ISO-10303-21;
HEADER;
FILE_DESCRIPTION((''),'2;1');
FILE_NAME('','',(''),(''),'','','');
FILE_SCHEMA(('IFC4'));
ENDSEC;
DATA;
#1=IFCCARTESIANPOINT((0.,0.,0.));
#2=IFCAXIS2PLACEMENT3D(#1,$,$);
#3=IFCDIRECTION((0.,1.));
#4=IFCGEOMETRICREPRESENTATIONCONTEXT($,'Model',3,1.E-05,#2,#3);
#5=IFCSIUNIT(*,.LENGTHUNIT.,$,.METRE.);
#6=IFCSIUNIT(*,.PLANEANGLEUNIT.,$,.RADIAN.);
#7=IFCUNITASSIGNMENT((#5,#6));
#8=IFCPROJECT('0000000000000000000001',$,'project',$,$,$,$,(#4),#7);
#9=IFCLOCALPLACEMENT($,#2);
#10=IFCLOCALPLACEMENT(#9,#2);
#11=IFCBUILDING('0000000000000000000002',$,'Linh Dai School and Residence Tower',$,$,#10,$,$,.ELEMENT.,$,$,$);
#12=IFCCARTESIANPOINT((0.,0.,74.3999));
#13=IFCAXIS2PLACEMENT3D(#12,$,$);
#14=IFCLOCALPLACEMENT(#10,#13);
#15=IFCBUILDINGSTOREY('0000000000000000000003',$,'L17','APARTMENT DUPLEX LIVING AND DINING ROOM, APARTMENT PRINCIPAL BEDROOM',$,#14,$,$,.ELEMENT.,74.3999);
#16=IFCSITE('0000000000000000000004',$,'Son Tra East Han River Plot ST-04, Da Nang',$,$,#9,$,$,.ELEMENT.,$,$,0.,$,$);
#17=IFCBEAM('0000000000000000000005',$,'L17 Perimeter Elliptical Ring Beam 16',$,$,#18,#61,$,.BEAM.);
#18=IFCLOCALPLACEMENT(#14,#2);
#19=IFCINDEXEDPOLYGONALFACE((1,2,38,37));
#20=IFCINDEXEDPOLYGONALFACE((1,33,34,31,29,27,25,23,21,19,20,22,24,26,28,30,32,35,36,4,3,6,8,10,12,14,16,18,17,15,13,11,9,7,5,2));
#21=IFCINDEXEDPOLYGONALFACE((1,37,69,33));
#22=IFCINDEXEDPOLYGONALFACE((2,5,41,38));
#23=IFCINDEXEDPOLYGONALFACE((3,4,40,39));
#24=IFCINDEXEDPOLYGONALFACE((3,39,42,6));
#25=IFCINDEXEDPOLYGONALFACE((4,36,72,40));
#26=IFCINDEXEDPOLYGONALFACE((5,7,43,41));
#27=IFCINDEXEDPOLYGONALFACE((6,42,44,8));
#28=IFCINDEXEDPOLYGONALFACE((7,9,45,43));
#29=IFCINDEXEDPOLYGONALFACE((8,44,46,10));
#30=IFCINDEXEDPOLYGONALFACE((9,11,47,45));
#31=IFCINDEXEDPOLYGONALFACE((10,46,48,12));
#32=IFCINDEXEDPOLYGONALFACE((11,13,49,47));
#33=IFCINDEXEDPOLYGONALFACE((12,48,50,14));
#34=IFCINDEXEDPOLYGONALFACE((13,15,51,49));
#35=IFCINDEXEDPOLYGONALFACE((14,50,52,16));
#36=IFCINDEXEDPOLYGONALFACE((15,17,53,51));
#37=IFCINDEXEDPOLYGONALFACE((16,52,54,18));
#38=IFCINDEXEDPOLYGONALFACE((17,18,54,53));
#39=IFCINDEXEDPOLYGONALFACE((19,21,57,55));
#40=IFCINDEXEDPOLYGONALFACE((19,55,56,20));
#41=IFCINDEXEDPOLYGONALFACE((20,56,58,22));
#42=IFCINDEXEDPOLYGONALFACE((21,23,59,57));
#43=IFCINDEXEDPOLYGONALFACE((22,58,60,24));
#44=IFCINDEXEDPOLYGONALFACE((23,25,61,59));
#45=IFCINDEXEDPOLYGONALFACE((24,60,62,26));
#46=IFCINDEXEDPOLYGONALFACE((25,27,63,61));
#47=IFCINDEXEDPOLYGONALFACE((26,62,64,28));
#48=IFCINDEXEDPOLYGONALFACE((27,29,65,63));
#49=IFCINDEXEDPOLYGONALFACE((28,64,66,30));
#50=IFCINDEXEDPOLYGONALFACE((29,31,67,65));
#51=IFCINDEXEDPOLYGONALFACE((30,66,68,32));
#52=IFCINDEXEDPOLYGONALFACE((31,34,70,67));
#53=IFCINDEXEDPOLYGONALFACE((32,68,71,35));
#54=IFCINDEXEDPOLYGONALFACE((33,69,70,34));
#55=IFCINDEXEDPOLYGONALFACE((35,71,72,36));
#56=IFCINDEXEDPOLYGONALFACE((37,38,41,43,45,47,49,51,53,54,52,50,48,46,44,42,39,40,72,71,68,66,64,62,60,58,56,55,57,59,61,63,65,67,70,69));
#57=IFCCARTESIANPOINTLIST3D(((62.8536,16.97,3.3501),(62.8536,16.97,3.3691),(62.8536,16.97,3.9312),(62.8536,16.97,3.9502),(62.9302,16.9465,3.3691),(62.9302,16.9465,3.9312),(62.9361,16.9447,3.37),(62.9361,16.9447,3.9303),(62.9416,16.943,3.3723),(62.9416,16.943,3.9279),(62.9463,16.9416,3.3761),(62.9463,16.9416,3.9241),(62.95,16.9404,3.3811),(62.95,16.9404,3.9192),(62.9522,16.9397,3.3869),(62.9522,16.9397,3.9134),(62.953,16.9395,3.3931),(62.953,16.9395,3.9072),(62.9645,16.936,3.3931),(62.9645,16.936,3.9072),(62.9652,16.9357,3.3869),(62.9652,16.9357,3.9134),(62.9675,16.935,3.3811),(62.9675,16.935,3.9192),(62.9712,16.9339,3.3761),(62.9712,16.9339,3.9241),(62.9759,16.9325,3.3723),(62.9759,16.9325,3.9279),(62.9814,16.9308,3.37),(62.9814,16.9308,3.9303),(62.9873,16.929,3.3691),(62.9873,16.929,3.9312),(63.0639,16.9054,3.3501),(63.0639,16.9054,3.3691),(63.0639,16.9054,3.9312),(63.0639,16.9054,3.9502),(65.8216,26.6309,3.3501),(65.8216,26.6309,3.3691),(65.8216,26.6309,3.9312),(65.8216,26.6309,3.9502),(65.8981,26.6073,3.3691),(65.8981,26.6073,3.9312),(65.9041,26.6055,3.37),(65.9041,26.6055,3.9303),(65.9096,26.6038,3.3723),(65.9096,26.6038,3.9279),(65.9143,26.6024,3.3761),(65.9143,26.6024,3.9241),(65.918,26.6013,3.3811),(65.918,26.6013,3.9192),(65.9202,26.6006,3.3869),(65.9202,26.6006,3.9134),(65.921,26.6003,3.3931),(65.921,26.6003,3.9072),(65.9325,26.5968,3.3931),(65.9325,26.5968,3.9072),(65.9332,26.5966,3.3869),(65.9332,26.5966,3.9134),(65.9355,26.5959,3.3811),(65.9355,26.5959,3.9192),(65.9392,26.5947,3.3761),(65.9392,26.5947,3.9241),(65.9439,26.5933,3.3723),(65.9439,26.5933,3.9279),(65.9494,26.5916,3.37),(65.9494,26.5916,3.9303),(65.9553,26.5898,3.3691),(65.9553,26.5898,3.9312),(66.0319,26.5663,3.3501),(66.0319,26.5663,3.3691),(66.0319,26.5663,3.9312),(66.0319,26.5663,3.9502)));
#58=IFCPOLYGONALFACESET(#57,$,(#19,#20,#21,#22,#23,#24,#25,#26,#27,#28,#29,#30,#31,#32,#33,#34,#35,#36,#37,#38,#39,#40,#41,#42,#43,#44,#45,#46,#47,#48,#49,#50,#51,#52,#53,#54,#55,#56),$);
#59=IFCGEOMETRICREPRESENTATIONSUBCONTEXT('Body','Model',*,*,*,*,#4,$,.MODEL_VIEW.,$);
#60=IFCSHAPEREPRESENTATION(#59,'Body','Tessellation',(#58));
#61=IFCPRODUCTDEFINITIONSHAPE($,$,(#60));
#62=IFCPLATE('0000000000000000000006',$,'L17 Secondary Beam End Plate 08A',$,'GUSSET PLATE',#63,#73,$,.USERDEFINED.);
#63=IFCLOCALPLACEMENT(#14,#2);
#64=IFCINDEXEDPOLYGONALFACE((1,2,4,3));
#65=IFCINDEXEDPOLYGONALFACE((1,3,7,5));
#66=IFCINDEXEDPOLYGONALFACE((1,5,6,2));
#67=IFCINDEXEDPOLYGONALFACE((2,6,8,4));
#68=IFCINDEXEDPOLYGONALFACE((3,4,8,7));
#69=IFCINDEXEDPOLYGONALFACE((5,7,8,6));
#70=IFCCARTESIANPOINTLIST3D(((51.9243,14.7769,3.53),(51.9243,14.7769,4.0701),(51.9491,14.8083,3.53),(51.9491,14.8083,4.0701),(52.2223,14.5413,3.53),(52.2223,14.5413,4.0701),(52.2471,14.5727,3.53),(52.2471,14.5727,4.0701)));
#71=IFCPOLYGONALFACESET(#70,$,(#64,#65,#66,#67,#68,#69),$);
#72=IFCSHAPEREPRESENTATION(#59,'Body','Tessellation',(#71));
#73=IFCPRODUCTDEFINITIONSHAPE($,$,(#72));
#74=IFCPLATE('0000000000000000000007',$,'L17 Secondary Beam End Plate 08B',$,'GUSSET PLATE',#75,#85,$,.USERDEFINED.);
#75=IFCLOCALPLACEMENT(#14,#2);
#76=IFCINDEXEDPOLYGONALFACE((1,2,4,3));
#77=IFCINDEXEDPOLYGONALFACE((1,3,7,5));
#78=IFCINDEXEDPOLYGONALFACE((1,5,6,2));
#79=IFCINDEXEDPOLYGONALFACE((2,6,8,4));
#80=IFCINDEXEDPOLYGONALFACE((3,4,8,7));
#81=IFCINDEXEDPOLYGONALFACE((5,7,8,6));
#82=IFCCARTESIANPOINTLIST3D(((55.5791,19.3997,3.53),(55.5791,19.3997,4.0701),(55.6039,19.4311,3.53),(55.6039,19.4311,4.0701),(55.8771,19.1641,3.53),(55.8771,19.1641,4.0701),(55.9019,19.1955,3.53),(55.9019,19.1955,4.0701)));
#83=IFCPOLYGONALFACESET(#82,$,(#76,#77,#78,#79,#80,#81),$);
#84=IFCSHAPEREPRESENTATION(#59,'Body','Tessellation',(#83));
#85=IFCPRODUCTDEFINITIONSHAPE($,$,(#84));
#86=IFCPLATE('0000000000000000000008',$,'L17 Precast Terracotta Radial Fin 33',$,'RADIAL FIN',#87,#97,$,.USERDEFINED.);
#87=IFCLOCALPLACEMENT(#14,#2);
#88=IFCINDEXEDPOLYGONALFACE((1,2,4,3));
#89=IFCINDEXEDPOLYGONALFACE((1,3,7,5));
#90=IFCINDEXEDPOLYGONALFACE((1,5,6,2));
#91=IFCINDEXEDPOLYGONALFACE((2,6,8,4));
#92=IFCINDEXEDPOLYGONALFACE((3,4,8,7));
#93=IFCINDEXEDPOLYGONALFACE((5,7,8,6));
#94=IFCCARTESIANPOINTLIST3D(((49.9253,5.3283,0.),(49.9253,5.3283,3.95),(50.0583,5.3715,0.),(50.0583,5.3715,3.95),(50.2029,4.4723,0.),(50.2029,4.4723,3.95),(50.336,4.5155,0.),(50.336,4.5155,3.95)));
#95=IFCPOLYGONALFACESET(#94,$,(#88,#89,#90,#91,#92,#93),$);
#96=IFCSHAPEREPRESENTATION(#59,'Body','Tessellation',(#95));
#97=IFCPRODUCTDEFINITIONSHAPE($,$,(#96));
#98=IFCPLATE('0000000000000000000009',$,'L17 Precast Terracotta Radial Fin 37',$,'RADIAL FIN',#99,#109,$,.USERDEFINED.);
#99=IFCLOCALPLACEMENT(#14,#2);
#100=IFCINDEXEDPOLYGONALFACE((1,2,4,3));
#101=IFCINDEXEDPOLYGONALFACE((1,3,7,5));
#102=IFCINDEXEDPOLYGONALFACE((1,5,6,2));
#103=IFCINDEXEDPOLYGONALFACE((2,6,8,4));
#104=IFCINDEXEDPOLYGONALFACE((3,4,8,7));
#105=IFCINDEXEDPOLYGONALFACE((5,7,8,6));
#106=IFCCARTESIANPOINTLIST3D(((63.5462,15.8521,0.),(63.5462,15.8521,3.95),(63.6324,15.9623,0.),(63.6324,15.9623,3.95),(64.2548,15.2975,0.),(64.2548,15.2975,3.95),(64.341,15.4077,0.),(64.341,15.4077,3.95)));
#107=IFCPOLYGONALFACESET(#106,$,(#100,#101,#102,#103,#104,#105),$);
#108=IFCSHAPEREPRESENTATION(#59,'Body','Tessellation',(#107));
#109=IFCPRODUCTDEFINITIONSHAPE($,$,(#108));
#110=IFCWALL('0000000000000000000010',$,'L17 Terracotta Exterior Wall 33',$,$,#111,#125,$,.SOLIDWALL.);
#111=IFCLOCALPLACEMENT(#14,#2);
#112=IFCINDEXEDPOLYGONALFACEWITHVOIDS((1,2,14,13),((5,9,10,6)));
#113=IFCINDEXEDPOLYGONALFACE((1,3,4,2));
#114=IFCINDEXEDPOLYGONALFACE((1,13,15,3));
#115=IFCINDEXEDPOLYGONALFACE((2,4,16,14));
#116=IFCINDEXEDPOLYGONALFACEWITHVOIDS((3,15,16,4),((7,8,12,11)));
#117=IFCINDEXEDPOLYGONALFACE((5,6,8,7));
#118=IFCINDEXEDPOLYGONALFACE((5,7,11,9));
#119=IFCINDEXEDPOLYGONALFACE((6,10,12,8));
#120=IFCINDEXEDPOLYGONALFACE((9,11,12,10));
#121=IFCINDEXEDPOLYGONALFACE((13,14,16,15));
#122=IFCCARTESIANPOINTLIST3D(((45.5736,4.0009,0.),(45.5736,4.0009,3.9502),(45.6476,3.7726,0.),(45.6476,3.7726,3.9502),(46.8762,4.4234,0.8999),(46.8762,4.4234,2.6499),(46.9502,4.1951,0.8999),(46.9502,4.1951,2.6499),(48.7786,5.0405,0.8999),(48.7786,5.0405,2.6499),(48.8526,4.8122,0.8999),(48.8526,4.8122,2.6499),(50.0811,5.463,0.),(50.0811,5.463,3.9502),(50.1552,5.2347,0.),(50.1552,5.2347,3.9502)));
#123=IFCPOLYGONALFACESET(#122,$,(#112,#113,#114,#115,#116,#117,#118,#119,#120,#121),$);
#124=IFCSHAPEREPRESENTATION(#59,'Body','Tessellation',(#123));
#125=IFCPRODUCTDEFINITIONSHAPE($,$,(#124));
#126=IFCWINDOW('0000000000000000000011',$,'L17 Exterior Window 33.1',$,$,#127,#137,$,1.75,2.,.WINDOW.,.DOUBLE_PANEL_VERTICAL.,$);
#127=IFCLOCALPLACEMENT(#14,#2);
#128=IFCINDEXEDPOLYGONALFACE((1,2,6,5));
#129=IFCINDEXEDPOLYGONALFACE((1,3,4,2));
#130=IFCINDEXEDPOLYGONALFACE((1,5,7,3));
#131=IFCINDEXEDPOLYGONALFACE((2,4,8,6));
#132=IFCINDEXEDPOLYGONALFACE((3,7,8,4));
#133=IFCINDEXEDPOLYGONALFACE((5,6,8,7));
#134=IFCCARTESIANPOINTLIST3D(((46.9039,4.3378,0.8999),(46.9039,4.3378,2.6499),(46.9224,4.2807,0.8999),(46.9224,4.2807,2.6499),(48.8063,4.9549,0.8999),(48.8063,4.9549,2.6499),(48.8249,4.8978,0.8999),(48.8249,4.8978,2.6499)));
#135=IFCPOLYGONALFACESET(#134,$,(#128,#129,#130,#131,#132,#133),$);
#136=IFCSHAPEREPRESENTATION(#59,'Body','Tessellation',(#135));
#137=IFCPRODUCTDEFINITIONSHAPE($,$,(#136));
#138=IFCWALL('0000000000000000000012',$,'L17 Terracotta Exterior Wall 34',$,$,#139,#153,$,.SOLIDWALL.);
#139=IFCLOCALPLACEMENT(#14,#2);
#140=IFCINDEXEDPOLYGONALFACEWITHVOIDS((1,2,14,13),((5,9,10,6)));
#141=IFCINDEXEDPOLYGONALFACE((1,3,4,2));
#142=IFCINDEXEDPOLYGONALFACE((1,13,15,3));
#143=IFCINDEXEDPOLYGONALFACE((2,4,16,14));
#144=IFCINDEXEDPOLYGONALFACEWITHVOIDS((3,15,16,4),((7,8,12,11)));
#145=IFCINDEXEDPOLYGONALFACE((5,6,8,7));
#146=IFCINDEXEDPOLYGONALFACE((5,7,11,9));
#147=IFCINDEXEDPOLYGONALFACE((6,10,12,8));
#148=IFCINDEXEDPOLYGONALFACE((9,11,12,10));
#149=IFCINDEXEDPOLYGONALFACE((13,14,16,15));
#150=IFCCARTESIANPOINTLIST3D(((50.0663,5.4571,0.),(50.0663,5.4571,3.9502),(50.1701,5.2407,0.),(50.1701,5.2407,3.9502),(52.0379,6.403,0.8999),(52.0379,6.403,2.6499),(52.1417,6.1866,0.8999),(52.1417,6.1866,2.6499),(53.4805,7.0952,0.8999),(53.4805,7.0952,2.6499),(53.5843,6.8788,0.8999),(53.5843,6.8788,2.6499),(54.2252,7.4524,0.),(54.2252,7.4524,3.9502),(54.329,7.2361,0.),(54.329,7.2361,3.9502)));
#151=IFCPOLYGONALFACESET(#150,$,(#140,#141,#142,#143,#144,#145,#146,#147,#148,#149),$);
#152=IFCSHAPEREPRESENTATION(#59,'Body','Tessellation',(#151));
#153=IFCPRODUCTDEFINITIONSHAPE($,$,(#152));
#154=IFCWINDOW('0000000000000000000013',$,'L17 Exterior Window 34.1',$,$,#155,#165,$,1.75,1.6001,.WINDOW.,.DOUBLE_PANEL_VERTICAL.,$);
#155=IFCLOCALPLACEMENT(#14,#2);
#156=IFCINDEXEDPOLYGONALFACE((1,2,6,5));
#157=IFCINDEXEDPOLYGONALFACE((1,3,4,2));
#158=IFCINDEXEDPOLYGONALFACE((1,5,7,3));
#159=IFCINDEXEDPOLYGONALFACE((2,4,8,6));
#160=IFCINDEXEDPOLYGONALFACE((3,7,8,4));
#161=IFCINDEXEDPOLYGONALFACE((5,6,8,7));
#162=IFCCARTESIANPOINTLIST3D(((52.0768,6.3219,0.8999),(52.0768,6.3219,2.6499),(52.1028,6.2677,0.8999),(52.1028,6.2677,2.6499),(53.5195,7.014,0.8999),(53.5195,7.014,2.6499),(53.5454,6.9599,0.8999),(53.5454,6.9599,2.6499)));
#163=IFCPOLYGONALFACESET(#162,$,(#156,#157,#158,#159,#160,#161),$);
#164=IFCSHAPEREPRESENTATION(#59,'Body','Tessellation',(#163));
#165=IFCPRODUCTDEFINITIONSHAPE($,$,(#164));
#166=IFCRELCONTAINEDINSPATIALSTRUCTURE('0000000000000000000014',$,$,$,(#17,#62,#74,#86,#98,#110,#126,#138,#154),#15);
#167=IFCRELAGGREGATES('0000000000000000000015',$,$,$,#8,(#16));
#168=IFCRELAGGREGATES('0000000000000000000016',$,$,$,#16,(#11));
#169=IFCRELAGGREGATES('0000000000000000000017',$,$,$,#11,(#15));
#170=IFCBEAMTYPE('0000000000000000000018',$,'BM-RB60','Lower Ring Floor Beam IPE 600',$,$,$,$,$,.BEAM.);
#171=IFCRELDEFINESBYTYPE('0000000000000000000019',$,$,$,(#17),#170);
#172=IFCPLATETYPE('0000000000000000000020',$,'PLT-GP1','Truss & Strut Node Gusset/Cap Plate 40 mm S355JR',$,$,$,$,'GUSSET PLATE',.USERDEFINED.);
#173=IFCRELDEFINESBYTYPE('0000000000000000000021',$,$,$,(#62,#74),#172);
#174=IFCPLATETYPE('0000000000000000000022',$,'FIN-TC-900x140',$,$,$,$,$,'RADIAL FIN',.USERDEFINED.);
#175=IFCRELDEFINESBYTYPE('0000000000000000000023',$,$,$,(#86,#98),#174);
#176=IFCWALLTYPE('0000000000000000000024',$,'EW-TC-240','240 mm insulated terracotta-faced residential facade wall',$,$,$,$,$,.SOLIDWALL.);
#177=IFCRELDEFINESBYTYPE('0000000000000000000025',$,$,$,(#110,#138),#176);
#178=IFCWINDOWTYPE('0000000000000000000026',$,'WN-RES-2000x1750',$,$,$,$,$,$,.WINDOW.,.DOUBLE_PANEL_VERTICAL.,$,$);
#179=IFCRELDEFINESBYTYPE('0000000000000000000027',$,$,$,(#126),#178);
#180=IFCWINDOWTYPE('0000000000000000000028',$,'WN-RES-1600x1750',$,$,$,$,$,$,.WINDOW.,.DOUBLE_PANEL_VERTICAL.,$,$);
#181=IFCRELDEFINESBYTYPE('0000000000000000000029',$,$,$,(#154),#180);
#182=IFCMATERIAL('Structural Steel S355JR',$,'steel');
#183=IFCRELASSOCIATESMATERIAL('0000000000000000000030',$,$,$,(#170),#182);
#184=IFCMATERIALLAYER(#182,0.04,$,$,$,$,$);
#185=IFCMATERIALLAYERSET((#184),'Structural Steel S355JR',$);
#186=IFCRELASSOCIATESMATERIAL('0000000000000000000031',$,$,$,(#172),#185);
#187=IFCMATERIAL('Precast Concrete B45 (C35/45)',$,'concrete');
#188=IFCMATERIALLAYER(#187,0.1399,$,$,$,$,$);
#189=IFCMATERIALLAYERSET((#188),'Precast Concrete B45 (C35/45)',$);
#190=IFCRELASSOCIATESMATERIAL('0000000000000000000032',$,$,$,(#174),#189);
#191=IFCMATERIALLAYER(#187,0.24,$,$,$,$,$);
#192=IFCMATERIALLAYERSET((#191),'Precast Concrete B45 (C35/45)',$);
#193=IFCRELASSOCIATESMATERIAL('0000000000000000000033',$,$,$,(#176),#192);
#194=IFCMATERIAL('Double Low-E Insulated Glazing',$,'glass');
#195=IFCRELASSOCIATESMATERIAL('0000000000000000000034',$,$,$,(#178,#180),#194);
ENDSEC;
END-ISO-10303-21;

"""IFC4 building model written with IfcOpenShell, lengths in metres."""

from ifc_helpers import new_model, si_unit, direction, frame, frame_2d, origin, origin_2d, place, context, subcontext, project, spatial, rectangle, i_section, extrude, source, transform, mapped, material, layer, layer_set, material_profile, profile_set, type_object, element, fill, save


model = new_model("IFC4")

# Units and contexts
model_context = context("Model", 3, precision=1e-05, world=origin(), true_north=direction((0.0, 1.0)))
body_context = subcontext(model_context, "Body", "Model", "MODEL_VIEW")
ifc_project = project(units=[si_unit("LENGTHUNIT", "METRE"), si_unit("PLANEANGLEUNIT", "RADIAN")], contexts=[model_context])

# Site, building, storey
site_placement = place(None, origin())
site = spatial("IfcSite", under=ifc_project, at=site_placement, Name="Son Tra East Han River Plot ST-04, Da Nang", CompositionType="ELEMENT", RefElevation=0.0)
building_placement = place(site_placement, origin())
building = spatial("IfcBuilding", under=site, at=building_placement, Name="Linh Dai School and Residence Tower", CompositionType="ELEMENT")
storey_placement = place(building_placement, frame((0.0, 0.0, 74.3999)))
storey = spatial("IfcBuildingStorey", under=building, at=storey_placement, Name="L17", Description="APARTMENT DUPLEX LIVING AND DINING ROOM, APARTMENT PRINCIPAL BEDROOM", CompositionType="ELEMENT", Elevation=74.3999)

# Shared definitions
ifc_material_1 = material(Name="Structural Steel S355JR", Category="steel")

# Beam
ifc_material_profile_1 = material_profile(ifc_material_1, i_section(OverallWidth=0.22, OverallDepth=0.6001, WebThickness=0.012, FlangeThickness=0.019, FilletRadius=0.0239, at=origin_2d()), Name="IPE 600")
ifc_profile_set_1 = profile_set([ifc_material_profile_1], Name="Structural Steel S355JR")
beam_type_1 = type_object("IfcBeamType", Name="BM-RB60", Description="Lower Ring Floor Beam IPE 600", PredefinedType="BEAM", material=ifc_profile_set_1)
beam_1_placement = place(storey_placement, frame((62.9587, 16.9377, 3.6501), z_axis=(0.293673, 0.955906, 0.0), x_axis=(-0.955906, 0.293673, 0.0)))
element("IfcBeam", 1, at=beam_1_placement, inside=storey, type_object=beam_type_1, Name="L17 Perimeter Elliptical Ring Beam 16", PredefinedType="BEAM", context=body_context, shape_type="SweptSolid", body=[
    extrude(i_section(OverallWidth=0.22, OverallDepth=0.6001, WebThickness=0.012, FlangeThickness=0.019, FilletRadius=0.0239, at=origin_2d()), origin(), (0.0, 0.0, 1.0), 10.1064),
])

# Plates
ifc_layer_1 = layer(ifc_material_1, 0.04)
ifc_layer_set_1 = layer_set([ifc_layer_1], Name="Structural Steel S355JR")
plate_type_1 = type_object("IfcPlateType", Name="PLT-GP1", Description="Truss & Strut Node Gusset/Cap Plate 40 mm S355JR", ElementType="GUSSET PLATE", PredefinedType="USERDEFINED", material=ifc_layer_set_1)
shared_shape_1 = source(origin(), body_context, "Body", "SweptSolid", [
    extrude(rectangle(XDim=0.04, YDim=0.3799, at=origin_2d()), origin(), (0.0, 0.0, 1.0), 0.54),
])
for number, where, z_axis, x_axis, name in (
    (2, (52.0857, 14.6748, 3.53), (0.0, 0.0, 1.0), (0.620178, 0.784461, 0.0), "L17 Secondary Beam End Plate 08A"),
    (3, (55.7405, 19.2976, 3.53), (0.0, 0.0, 1.0), (0.620178, 0.784461, 0.0), "L17 Secondary Beam End Plate 08B"),
):
    element("IfcPlate", number, at=place(storey_placement, frame(where, z_axis=z_axis, x_axis=x_axis)), inside=storey, type_object=plate_type_1, Name=name, ObjectType="GUSSET PLATE", PredefinedType="USERDEFINED", context=body_context, shape_type="MappedRepresentation", body=[
        mapped(shared_shape_1, transform((0.0, 0.0, 0.0), x_axis=(1.0, 0.0, 0.0), y_axis=(0.0, 1.0, 0.0), z_axis=(0.0, 0.0, 1.0), scale=1.0)),
    ])
ifc_material_2 = material(Name="Precast Concrete B45 (C35/45)", Category="concrete")
ifc_layer_2 = layer(ifc_material_2, 0.1399)
ifc_layer_set_2 = layer_set([ifc_layer_2], Name="Precast Concrete B45 (C35/45)")
plate_type_2 = type_object("IfcPlateType", Name="FIN-TC-900x140", ElementType="RADIAL FIN", PredefinedType="USERDEFINED", material=ifc_layer_set_2)
shared_shape_2 = source(origin(), body_context, "Body", "SweptSolid", [
    extrude(rectangle(XDim=0.8999, YDim=0.1399, at=origin_2d()), origin(), (0.0, 0.0, 1.0), 3.95),
])
for number, where, z_axis, x_axis, name in (
    (4, (50.1306, 4.9219, 0.0), (0.0, 0.0, 1.0), (0.308511, -0.951221, 0.0), "L17 Precast Terracotta Radial Fin 33"),
    (5, (63.9436, 15.6299, 0.0), (0.0, 0.0, 1.0), (0.787496, -0.616319, 0.0), "L17 Precast Terracotta Radial Fin 37"),
):
    element("IfcPlate", number, at=place(storey_placement, frame(where, z_axis=z_axis, x_axis=x_axis)), inside=storey, type_object=plate_type_2, Name=name, ObjectType="RADIAL FIN", PredefinedType="USERDEFINED", context=body_context, shape_type="MappedRepresentation", body=[
        mapped(shared_shape_2, transform((0.0, 0.0, 0.0), x_axis=(1.0, 0.0, 0.0), y_axis=(0.0, 1.0, 0.0), z_axis=(0.0, 0.0, 1.0), scale=1.0)),
    ])

# Walls, openings, windows
ifc_layer_3 = layer(ifc_material_2, 0.24)
ifc_layer_set_3 = layer_set([ifc_layer_3], Name="Precast Concrete B45 (C35/45)")
wall_type_1 = type_object("IfcWallType", Name="EW-TC-240", Description="240 mm insulated terracotta-faced residential facade wall", PredefinedType="SOLIDWALL", material=ifc_layer_set_3)
wall_1_placement = place(storey_placement, frame((50.1182, 5.3489, 0.0), z_axis=(0.0, 0.0, 1.0), x_axis=(-0.951208, -0.308551, 0.0)))
wall_1 = element("IfcWall", 6, at=wall_1_placement, inside=storey, type_object=wall_type_1, Name="L17 Terracotta Exterior Wall 33", PredefinedType="SOLIDWALL", context=body_context, shape_type="SweptSolid", body=[
    extrude(rectangle(XDim=4.7388, YDim=0.24, at=frame_2d((2.3694, 0.0))), origin(), (0.0, 0.0, 1.0), 3.9502),
])
opening_1_placement = place(wall_1_placement, frame((1.3694, 0.0, 0.8999)))
opening_1 = element("IfcOpeningElement", 7, at=opening_1_placement, cuts=wall_1, PredefinedType="OPENING", context=body_context, shape_type="SweptSolid", body=[
    extrude(rectangle(XDim=2.0, YDim=1.75, at=origin_2d()), frame((1.0, 0.1299, 0.875), z_axis=(0.0, -1.0, 0.0), x_axis=(1.0, 0.0, 0.0)), (0.0, 0.0, 1.0), 0.26),
])
ifc_material_3 = material(Name="Double Low-E Insulated Glazing", Category="glass")
window_type_1 = type_object("IfcWindowType", Name="WN-RES-2000x1750", PartitioningType="DOUBLE_PANEL_VERTICAL", PredefinedType="WINDOW", material=ifc_material_3)
shared_shape_3 = source(origin(), body_context, "Body", "SweptSolid", [
    extrude(rectangle(XDim=2.0, YDim=1.75, at=origin_2d()), frame((1.0, 0.03, 0.875), z_axis=(0.0, -1.0, 0.0), x_axis=(1.0, 0.0, 0.0)), (0.0, 0.0, 1.0), 0.0601),
])
window_1_placement = place(opening_1_placement, origin())
window_1 = element("IfcWindow", 8, at=window_1_placement, inside=storey, type_object=window_type_1, Name="L17 Exterior Window 33.1", OverallHeight=1.75, OverallWidth=2.0, PartitioningType="DOUBLE_PANEL_VERTICAL", PredefinedType="WINDOW", context=body_context, shape_type="MappedRepresentation", body=[
    mapped(shared_shape_3, transform((0.0, 0.0, 0.0), x_axis=(1.0, 0.0, 0.0), y_axis=(0.0, 1.0, 0.0), z_axis=(0.0, 0.0, 1.0), scale=1.0)),
])
fill(opening_1, window_1)
wall_2_placement = place(storey_placement, frame((54.2771, 7.3442, 0.0), z_axis=(0.0, 0.0, 1.0), x_axis=(-0.901602, -0.432568, 0.0)))
wall_2 = element("IfcWall", 9, at=wall_2_placement, inside=storey, type_object=wall_type_1, Name="L17 Terracotta Exterior Wall 34", PredefinedType="SOLIDWALL", context=body_context, shape_type="SweptSolid", body=[
    extrude(rectangle(XDim=4.6128, YDim=0.24, at=frame_2d((2.3064, 0.0))), origin(), (0.0, 0.0, 1.0), 3.9502),
])
opening_2_placement = place(wall_2_placement, frame((0.8259, 0.0, 0.8999)))
opening_2 = element("IfcOpeningElement", 10, at=opening_2_placement, cuts=wall_2, PredefinedType="OPENING", context=body_context, shape_type="SweptSolid", body=[
    extrude(rectangle(XDim=1.6001, YDim=1.75, at=origin_2d()), frame((0.8, 0.1299, 0.875), z_axis=(0.0, -1.0, 0.0), x_axis=(1.0, 0.0, 0.0)), (0.0, 0.0, 1.0), 0.26),
])
window_type_2 = type_object("IfcWindowType", Name="WN-RES-1600x1750", PartitioningType="DOUBLE_PANEL_VERTICAL", PredefinedType="WINDOW", material=ifc_material_3)
shared_shape_4 = source(origin(), body_context, "Body", "SweptSolid", [
    extrude(rectangle(XDim=1.6001, YDim=1.75, at=origin_2d()), frame((0.8, 0.03, 0.875), z_axis=(0.0, -1.0, 0.0), x_axis=(1.0, 0.0, 0.0)), (0.0, 0.0, 1.0), 0.0601),
])
window_2_placement = place(opening_2_placement, origin())
window_2 = element("IfcWindow", 11, at=window_2_placement, inside=storey, type_object=window_type_2, Name="L17 Exterior Window 34.1", OverallHeight=1.75, OverallWidth=1.6001, PartitioningType="DOUBLE_PANEL_VERTICAL", PredefinedType="WINDOW", context=body_context, shape_type="MappedRepresentation", body=[
    mapped(shared_shape_4, transform((0.0, 0.0, 0.0), x_axis=(1.0, 0.0, 0.0), y_axis=(0.0, 1.0, 0.0), z_axis=(0.0, 0.0, 1.0), scale=1.0)),
])
fill(opening_2, window_2)

save(model, "model.ifc")
